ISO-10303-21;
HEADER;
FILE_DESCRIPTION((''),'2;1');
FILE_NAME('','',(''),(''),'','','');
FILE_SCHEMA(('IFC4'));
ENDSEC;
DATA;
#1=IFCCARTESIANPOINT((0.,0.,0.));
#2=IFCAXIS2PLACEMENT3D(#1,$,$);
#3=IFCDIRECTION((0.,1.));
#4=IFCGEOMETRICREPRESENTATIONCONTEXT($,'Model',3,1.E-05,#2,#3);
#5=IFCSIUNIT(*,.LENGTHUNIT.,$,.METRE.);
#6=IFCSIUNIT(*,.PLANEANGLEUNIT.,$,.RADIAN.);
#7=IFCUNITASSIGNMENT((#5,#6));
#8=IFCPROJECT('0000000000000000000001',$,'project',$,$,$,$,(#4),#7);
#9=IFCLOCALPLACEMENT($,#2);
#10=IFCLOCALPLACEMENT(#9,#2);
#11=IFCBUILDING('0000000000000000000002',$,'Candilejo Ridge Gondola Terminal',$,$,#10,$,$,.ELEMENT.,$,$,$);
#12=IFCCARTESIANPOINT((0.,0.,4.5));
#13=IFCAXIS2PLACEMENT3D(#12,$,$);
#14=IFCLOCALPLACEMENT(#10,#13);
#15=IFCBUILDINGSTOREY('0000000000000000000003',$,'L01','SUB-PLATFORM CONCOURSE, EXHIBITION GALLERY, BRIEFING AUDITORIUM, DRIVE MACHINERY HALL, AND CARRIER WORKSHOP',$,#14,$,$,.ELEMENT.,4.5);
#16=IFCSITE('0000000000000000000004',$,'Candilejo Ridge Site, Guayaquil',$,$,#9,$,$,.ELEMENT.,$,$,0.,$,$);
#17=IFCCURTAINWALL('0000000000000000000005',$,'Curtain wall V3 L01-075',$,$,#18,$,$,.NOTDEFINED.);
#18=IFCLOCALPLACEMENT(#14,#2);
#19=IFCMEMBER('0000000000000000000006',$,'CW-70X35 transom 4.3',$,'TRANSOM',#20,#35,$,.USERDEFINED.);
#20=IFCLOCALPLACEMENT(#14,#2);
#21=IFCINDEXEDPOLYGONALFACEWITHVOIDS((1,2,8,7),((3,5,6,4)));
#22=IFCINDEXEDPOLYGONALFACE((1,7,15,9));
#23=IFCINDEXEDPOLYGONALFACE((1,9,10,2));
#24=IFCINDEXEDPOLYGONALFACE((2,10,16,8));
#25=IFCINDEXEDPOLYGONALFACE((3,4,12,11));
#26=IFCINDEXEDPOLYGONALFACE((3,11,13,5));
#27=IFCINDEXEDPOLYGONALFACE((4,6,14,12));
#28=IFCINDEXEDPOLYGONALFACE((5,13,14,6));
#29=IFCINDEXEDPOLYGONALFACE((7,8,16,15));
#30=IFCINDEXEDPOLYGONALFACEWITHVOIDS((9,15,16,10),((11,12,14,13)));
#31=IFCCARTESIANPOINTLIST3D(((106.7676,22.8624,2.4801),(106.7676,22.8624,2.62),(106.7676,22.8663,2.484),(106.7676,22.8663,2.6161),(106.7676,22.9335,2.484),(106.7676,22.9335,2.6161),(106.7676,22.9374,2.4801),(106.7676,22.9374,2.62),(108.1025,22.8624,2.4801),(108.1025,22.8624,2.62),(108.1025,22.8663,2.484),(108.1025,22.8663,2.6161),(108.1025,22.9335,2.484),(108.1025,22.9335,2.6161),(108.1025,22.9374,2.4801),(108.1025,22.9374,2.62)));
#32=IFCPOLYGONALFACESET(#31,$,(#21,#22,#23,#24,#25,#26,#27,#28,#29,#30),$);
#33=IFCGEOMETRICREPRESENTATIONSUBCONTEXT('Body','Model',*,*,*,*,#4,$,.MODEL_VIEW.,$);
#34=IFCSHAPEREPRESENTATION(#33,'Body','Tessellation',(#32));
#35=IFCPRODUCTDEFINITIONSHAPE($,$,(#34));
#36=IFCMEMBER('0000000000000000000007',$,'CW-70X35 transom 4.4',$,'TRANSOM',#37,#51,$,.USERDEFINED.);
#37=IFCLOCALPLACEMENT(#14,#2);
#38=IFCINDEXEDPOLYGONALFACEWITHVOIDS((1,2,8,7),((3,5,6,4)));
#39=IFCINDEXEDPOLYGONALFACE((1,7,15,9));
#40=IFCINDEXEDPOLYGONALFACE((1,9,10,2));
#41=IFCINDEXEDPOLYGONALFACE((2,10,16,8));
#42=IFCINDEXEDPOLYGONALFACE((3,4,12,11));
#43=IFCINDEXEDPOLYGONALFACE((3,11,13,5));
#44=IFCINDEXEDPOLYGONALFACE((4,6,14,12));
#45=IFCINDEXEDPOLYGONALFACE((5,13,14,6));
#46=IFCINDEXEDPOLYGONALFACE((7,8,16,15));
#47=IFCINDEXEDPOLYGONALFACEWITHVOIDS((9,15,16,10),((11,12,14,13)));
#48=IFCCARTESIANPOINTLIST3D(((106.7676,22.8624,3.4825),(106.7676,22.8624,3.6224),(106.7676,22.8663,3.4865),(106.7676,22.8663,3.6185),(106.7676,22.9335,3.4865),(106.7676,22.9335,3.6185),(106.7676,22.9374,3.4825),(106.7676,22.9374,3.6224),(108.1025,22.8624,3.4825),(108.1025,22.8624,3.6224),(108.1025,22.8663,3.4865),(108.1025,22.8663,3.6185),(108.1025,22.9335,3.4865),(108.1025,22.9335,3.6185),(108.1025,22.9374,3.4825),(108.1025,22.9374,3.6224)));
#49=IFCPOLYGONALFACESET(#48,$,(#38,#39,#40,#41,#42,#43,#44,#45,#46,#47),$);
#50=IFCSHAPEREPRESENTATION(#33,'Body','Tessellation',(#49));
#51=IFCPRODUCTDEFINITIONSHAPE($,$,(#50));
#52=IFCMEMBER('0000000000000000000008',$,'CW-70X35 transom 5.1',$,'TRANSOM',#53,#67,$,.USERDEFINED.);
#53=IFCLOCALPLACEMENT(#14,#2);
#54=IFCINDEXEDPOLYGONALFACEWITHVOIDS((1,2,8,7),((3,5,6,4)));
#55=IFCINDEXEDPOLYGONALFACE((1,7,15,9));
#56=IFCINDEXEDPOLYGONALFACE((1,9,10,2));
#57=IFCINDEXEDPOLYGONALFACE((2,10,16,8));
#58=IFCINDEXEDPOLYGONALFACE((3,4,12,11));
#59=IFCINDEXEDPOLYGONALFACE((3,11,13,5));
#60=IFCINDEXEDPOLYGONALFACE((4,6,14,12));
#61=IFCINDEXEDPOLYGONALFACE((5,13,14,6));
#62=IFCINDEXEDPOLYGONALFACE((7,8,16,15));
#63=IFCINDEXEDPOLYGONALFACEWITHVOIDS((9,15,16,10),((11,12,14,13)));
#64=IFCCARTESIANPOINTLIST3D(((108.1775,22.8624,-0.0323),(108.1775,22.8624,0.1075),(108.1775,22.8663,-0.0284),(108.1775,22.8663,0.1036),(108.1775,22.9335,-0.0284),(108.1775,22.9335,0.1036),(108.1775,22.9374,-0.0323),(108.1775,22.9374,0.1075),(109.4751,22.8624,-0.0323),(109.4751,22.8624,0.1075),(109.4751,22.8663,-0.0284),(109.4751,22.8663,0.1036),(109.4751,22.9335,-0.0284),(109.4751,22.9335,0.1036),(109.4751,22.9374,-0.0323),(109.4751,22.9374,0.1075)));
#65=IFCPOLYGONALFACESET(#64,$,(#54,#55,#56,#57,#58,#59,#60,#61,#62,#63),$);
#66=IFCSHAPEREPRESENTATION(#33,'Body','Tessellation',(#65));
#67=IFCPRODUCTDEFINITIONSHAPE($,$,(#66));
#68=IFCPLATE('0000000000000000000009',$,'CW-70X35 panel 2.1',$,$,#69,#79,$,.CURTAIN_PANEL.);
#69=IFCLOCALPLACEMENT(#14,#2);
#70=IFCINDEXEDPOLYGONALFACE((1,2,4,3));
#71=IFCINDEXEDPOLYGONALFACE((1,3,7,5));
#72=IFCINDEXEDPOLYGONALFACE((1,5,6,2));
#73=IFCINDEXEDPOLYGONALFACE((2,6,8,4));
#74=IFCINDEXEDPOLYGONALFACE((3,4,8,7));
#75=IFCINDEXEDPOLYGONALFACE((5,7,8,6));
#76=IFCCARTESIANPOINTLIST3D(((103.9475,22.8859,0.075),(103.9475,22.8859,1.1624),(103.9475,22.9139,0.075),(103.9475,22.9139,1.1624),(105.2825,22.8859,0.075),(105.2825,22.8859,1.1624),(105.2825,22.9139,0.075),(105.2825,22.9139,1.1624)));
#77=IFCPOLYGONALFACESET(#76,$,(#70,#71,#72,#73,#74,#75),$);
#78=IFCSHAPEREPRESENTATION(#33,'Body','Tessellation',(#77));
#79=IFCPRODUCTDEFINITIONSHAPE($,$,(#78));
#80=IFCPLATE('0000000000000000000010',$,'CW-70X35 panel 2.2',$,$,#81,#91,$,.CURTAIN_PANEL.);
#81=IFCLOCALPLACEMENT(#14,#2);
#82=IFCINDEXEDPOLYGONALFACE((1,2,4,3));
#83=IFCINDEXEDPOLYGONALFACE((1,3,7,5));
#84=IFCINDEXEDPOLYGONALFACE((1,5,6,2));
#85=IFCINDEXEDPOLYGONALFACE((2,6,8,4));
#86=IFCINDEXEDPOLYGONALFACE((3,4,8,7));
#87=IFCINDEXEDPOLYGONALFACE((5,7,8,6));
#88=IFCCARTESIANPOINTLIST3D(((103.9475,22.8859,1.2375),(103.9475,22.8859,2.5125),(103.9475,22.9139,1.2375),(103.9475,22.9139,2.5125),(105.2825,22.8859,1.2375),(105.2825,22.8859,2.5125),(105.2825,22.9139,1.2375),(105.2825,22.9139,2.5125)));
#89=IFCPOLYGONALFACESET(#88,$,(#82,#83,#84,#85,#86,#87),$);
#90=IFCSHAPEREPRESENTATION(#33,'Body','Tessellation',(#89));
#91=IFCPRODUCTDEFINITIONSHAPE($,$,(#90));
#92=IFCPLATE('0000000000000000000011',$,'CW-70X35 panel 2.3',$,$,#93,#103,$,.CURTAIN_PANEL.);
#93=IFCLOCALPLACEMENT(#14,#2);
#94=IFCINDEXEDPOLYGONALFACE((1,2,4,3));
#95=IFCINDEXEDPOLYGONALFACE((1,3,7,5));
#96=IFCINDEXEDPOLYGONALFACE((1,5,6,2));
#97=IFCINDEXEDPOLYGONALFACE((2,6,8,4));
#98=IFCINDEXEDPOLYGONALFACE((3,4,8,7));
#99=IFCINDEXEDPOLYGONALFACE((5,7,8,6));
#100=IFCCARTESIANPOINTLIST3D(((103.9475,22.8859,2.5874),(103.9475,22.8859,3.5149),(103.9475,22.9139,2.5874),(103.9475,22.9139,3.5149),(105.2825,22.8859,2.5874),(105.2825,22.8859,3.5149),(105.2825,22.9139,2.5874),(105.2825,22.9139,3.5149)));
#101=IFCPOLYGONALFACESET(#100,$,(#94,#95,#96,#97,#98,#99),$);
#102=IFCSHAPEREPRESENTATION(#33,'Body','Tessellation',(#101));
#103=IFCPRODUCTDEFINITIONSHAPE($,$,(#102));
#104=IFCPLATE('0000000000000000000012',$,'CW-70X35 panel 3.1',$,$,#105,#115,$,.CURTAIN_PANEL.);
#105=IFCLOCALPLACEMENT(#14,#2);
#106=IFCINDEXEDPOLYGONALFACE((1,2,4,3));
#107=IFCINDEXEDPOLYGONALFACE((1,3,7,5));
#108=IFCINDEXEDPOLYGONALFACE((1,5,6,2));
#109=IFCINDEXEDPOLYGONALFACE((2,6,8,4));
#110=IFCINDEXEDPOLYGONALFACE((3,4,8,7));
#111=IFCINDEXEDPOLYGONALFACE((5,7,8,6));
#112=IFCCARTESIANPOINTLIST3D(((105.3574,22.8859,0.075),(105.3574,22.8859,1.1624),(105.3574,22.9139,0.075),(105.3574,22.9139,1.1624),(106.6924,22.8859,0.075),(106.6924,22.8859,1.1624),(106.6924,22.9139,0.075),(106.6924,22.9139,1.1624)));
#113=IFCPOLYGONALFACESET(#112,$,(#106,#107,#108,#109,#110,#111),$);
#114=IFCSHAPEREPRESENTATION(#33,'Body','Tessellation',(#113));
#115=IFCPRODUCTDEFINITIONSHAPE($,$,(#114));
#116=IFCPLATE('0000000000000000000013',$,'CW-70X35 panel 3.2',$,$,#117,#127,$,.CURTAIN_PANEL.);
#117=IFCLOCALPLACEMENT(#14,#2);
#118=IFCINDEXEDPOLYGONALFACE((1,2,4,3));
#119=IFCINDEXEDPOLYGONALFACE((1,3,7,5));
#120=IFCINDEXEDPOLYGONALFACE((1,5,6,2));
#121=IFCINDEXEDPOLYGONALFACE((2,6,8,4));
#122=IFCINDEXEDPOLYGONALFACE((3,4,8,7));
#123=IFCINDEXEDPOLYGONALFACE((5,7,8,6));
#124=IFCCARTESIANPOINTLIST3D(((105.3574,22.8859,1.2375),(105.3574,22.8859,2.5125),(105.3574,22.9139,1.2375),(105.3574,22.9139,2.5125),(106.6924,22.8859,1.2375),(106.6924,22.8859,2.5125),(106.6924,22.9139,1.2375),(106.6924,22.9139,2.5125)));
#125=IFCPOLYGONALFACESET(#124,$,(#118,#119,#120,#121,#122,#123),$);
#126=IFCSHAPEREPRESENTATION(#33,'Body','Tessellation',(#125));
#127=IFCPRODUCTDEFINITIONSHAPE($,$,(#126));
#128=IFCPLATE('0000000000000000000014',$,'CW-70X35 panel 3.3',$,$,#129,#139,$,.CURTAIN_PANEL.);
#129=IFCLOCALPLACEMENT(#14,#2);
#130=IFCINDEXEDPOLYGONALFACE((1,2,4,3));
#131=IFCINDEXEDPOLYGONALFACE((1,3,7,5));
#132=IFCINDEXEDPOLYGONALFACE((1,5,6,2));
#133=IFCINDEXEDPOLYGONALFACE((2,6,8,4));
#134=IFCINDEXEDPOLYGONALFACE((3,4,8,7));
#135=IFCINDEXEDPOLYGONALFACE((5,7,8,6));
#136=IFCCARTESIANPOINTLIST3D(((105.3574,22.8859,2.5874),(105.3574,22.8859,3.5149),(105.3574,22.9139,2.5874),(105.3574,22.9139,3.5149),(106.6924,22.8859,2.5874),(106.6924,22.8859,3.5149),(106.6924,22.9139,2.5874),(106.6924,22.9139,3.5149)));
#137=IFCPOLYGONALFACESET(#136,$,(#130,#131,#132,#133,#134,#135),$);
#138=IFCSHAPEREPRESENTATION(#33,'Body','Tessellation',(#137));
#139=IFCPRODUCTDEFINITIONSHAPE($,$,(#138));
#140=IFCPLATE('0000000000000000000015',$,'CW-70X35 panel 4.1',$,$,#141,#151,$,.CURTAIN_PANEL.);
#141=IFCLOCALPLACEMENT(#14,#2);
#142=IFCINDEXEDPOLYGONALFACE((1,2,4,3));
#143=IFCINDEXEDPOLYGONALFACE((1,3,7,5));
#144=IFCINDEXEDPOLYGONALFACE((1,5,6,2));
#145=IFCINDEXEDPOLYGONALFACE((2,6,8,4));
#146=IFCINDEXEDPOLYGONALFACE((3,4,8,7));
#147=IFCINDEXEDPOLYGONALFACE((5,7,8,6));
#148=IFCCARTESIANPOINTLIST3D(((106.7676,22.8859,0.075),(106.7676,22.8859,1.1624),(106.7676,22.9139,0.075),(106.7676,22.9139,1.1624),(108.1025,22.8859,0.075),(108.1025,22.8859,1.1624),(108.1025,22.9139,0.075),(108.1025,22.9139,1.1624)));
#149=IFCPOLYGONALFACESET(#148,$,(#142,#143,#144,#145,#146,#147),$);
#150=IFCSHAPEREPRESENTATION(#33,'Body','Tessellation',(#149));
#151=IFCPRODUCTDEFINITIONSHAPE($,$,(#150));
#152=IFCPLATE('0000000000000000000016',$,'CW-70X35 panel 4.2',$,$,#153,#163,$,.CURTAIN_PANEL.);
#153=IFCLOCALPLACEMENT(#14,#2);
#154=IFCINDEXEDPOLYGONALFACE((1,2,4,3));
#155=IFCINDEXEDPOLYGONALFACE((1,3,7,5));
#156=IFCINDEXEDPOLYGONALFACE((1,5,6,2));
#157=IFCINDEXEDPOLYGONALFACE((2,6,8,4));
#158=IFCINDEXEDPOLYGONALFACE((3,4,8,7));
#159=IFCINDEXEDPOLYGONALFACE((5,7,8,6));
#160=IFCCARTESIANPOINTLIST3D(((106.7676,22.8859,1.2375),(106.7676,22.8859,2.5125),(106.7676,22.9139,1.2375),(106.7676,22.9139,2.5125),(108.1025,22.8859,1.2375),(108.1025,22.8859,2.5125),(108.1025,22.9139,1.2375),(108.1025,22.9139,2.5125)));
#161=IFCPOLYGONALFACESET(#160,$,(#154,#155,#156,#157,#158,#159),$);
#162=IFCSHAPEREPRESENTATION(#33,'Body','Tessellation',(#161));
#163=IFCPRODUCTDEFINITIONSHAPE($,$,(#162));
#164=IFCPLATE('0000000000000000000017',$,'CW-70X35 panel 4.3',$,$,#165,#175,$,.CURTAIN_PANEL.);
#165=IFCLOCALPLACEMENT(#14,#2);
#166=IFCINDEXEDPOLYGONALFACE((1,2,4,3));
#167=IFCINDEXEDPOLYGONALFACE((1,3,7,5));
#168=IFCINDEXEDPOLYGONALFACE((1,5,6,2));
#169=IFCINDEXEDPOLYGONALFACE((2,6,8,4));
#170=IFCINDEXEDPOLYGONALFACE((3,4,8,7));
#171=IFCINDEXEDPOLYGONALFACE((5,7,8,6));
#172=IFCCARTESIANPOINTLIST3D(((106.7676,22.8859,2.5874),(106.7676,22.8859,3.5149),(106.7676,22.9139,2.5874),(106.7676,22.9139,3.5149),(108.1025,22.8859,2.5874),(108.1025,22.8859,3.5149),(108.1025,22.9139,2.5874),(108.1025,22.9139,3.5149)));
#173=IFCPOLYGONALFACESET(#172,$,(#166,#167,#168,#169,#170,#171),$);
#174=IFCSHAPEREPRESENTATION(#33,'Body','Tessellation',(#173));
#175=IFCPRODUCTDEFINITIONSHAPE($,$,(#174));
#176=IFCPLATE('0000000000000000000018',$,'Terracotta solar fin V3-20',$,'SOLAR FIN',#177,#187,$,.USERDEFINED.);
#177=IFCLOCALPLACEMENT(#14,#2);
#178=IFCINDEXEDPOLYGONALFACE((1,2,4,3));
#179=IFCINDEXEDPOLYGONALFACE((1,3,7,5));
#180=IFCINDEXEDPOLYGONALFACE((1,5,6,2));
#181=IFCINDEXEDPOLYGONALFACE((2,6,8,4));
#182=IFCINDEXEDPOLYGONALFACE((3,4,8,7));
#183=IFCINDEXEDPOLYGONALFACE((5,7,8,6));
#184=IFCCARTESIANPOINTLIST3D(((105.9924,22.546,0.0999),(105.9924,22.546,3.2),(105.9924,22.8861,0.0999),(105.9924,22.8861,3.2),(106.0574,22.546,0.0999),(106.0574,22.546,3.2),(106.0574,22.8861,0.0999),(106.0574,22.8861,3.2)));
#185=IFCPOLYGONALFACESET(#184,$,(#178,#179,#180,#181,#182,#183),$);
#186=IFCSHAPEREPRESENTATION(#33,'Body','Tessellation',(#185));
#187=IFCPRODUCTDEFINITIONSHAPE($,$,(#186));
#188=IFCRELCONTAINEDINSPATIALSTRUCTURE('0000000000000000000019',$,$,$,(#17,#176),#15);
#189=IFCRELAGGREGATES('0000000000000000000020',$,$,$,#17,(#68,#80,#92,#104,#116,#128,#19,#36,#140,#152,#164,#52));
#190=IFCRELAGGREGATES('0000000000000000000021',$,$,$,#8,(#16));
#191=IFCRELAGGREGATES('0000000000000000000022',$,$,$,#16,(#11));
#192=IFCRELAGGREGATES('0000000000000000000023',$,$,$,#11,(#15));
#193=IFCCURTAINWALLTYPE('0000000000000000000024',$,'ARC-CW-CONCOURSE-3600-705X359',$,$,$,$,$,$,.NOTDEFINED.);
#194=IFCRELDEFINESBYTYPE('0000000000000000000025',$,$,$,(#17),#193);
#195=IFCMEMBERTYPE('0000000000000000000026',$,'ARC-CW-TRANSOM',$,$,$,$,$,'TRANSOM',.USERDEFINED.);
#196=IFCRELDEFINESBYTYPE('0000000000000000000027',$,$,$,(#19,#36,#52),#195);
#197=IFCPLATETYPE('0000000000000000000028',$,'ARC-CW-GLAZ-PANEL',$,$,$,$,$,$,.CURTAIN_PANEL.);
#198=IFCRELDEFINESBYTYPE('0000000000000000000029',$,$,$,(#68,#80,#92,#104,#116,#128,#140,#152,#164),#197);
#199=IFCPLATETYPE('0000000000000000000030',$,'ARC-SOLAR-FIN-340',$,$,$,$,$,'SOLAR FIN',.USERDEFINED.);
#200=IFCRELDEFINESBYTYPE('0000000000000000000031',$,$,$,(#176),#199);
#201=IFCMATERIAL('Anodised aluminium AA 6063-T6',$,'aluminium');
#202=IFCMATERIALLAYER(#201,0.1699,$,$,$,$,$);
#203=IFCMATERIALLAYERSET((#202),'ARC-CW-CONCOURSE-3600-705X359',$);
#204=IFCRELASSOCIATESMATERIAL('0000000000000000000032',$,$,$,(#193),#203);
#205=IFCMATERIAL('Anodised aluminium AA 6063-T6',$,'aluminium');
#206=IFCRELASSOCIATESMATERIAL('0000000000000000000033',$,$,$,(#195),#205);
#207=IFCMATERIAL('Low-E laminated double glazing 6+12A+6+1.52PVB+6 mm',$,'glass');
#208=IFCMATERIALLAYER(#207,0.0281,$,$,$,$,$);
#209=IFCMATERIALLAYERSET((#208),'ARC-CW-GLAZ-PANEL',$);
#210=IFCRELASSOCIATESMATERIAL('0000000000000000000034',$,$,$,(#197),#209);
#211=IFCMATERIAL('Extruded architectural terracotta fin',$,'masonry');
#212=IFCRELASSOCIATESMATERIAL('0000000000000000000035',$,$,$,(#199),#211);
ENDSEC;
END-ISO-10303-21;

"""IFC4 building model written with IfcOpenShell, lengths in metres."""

from ifc_helpers import new_model, si_unit, direction, frame, origin, origin_2d, place, context, subcontext, project, spatial, rectangle, hollow_rectangle, extrude, material, layer, layer_set, material_profile, profile_set, type_object, element, aggregate, save


model = new_model("IFC4")

# Units and contexts
model_context = context("Model", 3, precision=1e-05, world=origin(), true_north=direction((0.0, 1.0)))
body_context = subcontext(model_context, "Body", "Model", "MODEL_VIEW")
ifc_project = project(units=[si_unit("LENGTHUNIT", "METRE"), si_unit("PLANEANGLEUNIT", "RADIAN")], contexts=[model_context])

# Site, building, storey
site_placement = place(None, origin())
site = spatial("IfcSite", under=ifc_project, at=site_placement, Name="Candilejo Ridge Site, Guayaquil", CompositionType="ELEMENT", RefElevation=0.0)
building_placement = place(site_placement, origin())
building = spatial("IfcBuilding", under=site, at=building_placement, Name="Candilejo Ridge Gondola Terminal", CompositionType="ELEMENT")
storey_placement = place(building_placement, frame((0.0, 0.0, 4.5)))
storey = spatial("IfcBuildingStorey", under=building, at=storey_placement, Name="L01", Description="SUB-PLATFORM CONCOURSE, EXHIBITION GALLERY, BRIEFING AUDITORIUM, DRIVE MACHINERY HALL, AND CARRIER WORKSHOP", CompositionType="ELEMENT", Elevation=4.5)

# Curtain wall, members, plates
ifc_material_1 = material(Name="Anodised aluminium AA 6063-T6", Category="aluminium")
ifc_layer_1 = layer(ifc_material_1, 0.1699)
ifc_layer_set_1 = layer_set([ifc_layer_1], Name="ARC-CW-CONCOURSE-3600-705X359")
curtain_wall_type = type_object("IfcCurtainWallType", Name="ARC-CW-CONCOURSE-3600-705X359", PredefinedType="NOTDEFINED", material=ifc_layer_set_1)
curtain_wall_placement = place(storey_placement, origin())
curtain_wall = element("IfcCurtainWall", 1, at=curtain_wall_placement, inside=storey, type_object=curtain_wall_type, Name="Curtain wall V3 L01-075", PredefinedType="NOTDEFINED")
ifc_material_2 = material(Name="Anodised aluminium AA 6063-T6", Category="aluminium")
ifc_material_profile_1 = material_profile(ifc_material_2, hollow_rectangle(XDim=0.075, YDim=0.1399, WallThickness=0.0039, at=origin_2d()))
ifc_profile_set_1 = profile_set([ifc_material_profile_1], Name="Anodised aluminium AA 6063-T6")
member_type_1 = type_object("IfcMemberType", Name="ARC-CW-TRANSOM", ElementType="TRANSOM", PredefinedType="USERDEFINED", material=ifc_profile_set_1)
member_1_placement = place(storey_placement, frame((106.7676, 22.8999, 2.55), z_axis=(1.0, 0.0, 0.0), x_axis=(0.0, 1.0, 0.0)))
member_1 = element("IfcMember", 2, at=member_1_placement, type_object=member_type_1, Name="CW-70X35 transom 4.3", ObjectType="TRANSOM", PredefinedType="USERDEFINED", context=body_context, shape_type="SweptSolid", body=[
    extrude(hollow_rectangle(XDim=0.075, YDim=0.1399, WallThickness=0.0039, at=origin_2d()), origin(), (0.0, 0.0, 1.0), 1.335),
])
member_2_placement = place(storey_placement, frame((106.7676, 22.8999, 3.5525), z_axis=(1.0, 0.0, 0.0), x_axis=(0.0, 1.0, 0.0)))
member_2 = element("IfcMember", 3, at=member_2_placement, type_object=member_type_1, Name="CW-70X35 transom 4.4", ObjectType="TRANSOM", PredefinedType="USERDEFINED", context=body_context, shape_type="SweptSolid", body=[
    extrude(hollow_rectangle(XDim=0.075, YDim=0.1399, WallThickness=0.0039, at=origin_2d()), origin(), (0.0, 0.0, 1.0), 1.335),
])
member_3_placement = place(storey_placement, frame((108.1775, 22.8999, 0.0376), z_axis=(1.0, 0.0, 0.0), x_axis=(0.0, 1.0, 0.0)))
member_3 = element("IfcMember", 4, at=member_3_placement, type_object=member_type_1, Name="CW-70X35 transom 5.1", ObjectType="TRANSOM", PredefinedType="USERDEFINED", context=body_context, shape_type="SweptSolid", body=[
    extrude(hollow_rectangle(XDim=0.075, YDim=0.1399, WallThickness=0.0039, at=origin_2d()), origin(), (0.0, 0.0, 1.0), 1.2976),
])
ifc_material_3 = material(Name="Low-E laminated double glazing 6+12A+6+1.52PVB+6 mm", Category="glass")
ifc_layer_2 = layer(ifc_material_3, 0.0281)
ifc_layer_set_2 = layer_set([ifc_layer_2], Name="ARC-CW-GLAZ-PANEL")
plate_type_1 = type_object("IfcPlateType", Name="ARC-CW-GLAZ-PANEL", PredefinedType="CURTAIN_PANEL", material=ifc_layer_set_2)
plate_1_placement = place(storey_placement, frame((104.615, 22.8999, 0.075), z_axis=(0.0, 0.0, 1.0), x_axis=(1.0, 0.0, 0.0)))
plate_1 = element("IfcPlate", 5, at=plate_1_placement, type_object=plate_type_1, Name="CW-70X35 panel 2.1", PredefinedType="CURTAIN_PANEL", context=body_context, shape_type="SweptSolid", body=[
    extrude(rectangle(XDim=1.335, YDim=0.0281, at=origin_2d()), origin(), (0.0, 0.0, 1.0), 1.0874),
])
plate_2_placement = place(storey_placement, frame((104.615, 22.8999, 1.2375), z_axis=(0.0, 0.0, 1.0), x_axis=(1.0, 0.0, 0.0)))
plate_2 = element("IfcPlate", 6, at=plate_2_placement, type_object=plate_type_1, Name="CW-70X35 panel 2.2", PredefinedType="CURTAIN_PANEL", context=body_context, shape_type="SweptSolid", body=[
    extrude(rectangle(XDim=1.335, YDim=0.0281, at=origin_2d()), origin(), (0.0, 0.0, 1.0), 1.2749),
])
plate_3_placement = place(storey_placement, frame((104.615, 22.8999, 2.5874), z_axis=(0.0, 0.0, 1.0), x_axis=(1.0, 0.0, 0.0)))
plate_3 = element("IfcPlate", 7, at=plate_3_placement, type_object=plate_type_1, Name="CW-70X35 panel 2.3", PredefinedType="CURTAIN_PANEL", context=body_context, shape_type="SweptSolid", body=[
    extrude(rectangle(XDim=1.335, YDim=0.0281, at=origin_2d()), origin(), (0.0, 0.0, 1.0), 0.9275),
])
plate_4_placement = place(storey_placement, frame((106.0249, 22.8999, 0.075), z_axis=(0.0, 0.0, 1.0), x_axis=(1.0, 0.0, 0.0)))
plate_4 = element("IfcPlate", 8, at=plate_4_placement, type_object=plate_type_1, Name="CW-70X35 panel 3.1", PredefinedType="CURTAIN_PANEL", context=body_context, shape_type="SweptSolid", body=[
    extrude(rectangle(XDim=1.335, YDim=0.0281, at=origin_2d()), origin(), (0.0, 0.0, 1.0), 1.0874),
])
plate_5_placement = place(storey_placement, frame((106.0249, 22.8999, 1.2375), z_axis=(0.0, 0.0, 1.0), x_axis=(1.0, 0.0, 0.0)))
plate_5 = element("IfcPlate", 9, at=plate_5_placement, type_object=plate_type_1, Name="CW-70X35 panel 3.2", PredefinedType="CURTAIN_PANEL", context=body_context, shape_type="SweptSolid", body=[
    extrude(rectangle(XDim=1.335, YDim=0.0281, at=origin_2d()), origin(), (0.0, 0.0, 1.0), 1.2749),
])
plate_6_placement = place(storey_placement, frame((106.0249, 22.8999, 2.5874), z_axis=(0.0, 0.0, 1.0), x_axis=(1.0, 0.0, 0.0)))
plate_6 = element("IfcPlate", 10, at=plate_6_placement, type_object=plate_type_1, Name="CW-70X35 panel 3.3", PredefinedType="CURTAIN_PANEL", context=body_context, shape_type="SweptSolid", body=[
    extrude(rectangle(XDim=1.335, YDim=0.0281, at=origin_2d()), origin(), (0.0, 0.0, 1.0), 0.9275),
])
plate_7_placement = place(storey_placement, frame((107.4351, 22.8999, 0.075), z_axis=(0.0, 0.0, 1.0), x_axis=(1.0, 0.0, 0.0)))
plate_7 = element("IfcPlate", 11, at=plate_7_placement, type_object=plate_type_1, Name="CW-70X35 panel 4.1", PredefinedType="CURTAIN_PANEL", context=body_context, shape_type="SweptSolid", body=[
    extrude(rectangle(XDim=1.335, YDim=0.0281, at=origin_2d()), origin(), (0.0, 0.0, 1.0), 1.0874),
])
plate_8_placement = place(storey_placement, frame((107.4351, 22.8999, 1.2375), z_axis=(0.0, 0.0, 1.0), x_axis=(1.0, 0.0, 0.0)))
plate_8 = element("IfcPlate", 12, at=plate_8_placement, type_object=plate_type_1, Name="CW-70X35 panel 4.2", PredefinedType="CURTAIN_PANEL", context=body_context, shape_type="SweptSolid", body=[
    extrude(rectangle(XDim=1.335, YDim=0.0281, at=origin_2d()), origin(), (0.0, 0.0, 1.0), 1.2749),
])
plate_9_placement = place(storey_placement, frame((107.4351, 22.8999, 2.5874), z_axis=(0.0, 0.0, 1.0), x_axis=(1.0, 0.0, 0.0)))
plate_9 = element("IfcPlate", 13, at=plate_9_placement, type_object=plate_type_1, Name="CW-70X35 panel 4.3", PredefinedType="CURTAIN_PANEL", context=body_context, shape_type="SweptSolid", body=[
    extrude(rectangle(XDim=1.335, YDim=0.0281, at=origin_2d()), origin(), (0.0, 0.0, 1.0), 0.9275),
])
aggregate(curtain_wall, [plate_1, plate_2, plate_3, plate_4, plate_5, plate_6, member_1, member_2, plate_7, plate_8, plate_9, member_3])

# Plate
ifc_material_4 = material(Name="Extruded architectural terracotta fin", Category="masonry")
plate_type_2 = type_object("IfcPlateType", Name="ARC-SOLAR-FIN-340", ElementType="SOLAR FIN", PredefinedType="USERDEFINED", material=ifc_material_4)
plate_10_placement = place(storey_placement, frame((106.0249, 22.7161, 0.0999), z_axis=(0.0, 0.0, 1.0), x_axis=(1.0, 0.0, 0.0)))
element("IfcPlate", 14, at=plate_10_placement, inside=storey, type_object=plate_type_2, Name="Terracotta solar fin V3-20", ObjectType="SOLAR FIN", PredefinedType="USERDEFINED", context=body_context, shape_type="SweptSolid", body=[
    extrude(rectangle(XDim=0.0649, YDim=0.3401, at=origin_2d()), origin(), (0.0, 0.0, 1.0), 3.1001),
])

save(model, "model.ifc")
